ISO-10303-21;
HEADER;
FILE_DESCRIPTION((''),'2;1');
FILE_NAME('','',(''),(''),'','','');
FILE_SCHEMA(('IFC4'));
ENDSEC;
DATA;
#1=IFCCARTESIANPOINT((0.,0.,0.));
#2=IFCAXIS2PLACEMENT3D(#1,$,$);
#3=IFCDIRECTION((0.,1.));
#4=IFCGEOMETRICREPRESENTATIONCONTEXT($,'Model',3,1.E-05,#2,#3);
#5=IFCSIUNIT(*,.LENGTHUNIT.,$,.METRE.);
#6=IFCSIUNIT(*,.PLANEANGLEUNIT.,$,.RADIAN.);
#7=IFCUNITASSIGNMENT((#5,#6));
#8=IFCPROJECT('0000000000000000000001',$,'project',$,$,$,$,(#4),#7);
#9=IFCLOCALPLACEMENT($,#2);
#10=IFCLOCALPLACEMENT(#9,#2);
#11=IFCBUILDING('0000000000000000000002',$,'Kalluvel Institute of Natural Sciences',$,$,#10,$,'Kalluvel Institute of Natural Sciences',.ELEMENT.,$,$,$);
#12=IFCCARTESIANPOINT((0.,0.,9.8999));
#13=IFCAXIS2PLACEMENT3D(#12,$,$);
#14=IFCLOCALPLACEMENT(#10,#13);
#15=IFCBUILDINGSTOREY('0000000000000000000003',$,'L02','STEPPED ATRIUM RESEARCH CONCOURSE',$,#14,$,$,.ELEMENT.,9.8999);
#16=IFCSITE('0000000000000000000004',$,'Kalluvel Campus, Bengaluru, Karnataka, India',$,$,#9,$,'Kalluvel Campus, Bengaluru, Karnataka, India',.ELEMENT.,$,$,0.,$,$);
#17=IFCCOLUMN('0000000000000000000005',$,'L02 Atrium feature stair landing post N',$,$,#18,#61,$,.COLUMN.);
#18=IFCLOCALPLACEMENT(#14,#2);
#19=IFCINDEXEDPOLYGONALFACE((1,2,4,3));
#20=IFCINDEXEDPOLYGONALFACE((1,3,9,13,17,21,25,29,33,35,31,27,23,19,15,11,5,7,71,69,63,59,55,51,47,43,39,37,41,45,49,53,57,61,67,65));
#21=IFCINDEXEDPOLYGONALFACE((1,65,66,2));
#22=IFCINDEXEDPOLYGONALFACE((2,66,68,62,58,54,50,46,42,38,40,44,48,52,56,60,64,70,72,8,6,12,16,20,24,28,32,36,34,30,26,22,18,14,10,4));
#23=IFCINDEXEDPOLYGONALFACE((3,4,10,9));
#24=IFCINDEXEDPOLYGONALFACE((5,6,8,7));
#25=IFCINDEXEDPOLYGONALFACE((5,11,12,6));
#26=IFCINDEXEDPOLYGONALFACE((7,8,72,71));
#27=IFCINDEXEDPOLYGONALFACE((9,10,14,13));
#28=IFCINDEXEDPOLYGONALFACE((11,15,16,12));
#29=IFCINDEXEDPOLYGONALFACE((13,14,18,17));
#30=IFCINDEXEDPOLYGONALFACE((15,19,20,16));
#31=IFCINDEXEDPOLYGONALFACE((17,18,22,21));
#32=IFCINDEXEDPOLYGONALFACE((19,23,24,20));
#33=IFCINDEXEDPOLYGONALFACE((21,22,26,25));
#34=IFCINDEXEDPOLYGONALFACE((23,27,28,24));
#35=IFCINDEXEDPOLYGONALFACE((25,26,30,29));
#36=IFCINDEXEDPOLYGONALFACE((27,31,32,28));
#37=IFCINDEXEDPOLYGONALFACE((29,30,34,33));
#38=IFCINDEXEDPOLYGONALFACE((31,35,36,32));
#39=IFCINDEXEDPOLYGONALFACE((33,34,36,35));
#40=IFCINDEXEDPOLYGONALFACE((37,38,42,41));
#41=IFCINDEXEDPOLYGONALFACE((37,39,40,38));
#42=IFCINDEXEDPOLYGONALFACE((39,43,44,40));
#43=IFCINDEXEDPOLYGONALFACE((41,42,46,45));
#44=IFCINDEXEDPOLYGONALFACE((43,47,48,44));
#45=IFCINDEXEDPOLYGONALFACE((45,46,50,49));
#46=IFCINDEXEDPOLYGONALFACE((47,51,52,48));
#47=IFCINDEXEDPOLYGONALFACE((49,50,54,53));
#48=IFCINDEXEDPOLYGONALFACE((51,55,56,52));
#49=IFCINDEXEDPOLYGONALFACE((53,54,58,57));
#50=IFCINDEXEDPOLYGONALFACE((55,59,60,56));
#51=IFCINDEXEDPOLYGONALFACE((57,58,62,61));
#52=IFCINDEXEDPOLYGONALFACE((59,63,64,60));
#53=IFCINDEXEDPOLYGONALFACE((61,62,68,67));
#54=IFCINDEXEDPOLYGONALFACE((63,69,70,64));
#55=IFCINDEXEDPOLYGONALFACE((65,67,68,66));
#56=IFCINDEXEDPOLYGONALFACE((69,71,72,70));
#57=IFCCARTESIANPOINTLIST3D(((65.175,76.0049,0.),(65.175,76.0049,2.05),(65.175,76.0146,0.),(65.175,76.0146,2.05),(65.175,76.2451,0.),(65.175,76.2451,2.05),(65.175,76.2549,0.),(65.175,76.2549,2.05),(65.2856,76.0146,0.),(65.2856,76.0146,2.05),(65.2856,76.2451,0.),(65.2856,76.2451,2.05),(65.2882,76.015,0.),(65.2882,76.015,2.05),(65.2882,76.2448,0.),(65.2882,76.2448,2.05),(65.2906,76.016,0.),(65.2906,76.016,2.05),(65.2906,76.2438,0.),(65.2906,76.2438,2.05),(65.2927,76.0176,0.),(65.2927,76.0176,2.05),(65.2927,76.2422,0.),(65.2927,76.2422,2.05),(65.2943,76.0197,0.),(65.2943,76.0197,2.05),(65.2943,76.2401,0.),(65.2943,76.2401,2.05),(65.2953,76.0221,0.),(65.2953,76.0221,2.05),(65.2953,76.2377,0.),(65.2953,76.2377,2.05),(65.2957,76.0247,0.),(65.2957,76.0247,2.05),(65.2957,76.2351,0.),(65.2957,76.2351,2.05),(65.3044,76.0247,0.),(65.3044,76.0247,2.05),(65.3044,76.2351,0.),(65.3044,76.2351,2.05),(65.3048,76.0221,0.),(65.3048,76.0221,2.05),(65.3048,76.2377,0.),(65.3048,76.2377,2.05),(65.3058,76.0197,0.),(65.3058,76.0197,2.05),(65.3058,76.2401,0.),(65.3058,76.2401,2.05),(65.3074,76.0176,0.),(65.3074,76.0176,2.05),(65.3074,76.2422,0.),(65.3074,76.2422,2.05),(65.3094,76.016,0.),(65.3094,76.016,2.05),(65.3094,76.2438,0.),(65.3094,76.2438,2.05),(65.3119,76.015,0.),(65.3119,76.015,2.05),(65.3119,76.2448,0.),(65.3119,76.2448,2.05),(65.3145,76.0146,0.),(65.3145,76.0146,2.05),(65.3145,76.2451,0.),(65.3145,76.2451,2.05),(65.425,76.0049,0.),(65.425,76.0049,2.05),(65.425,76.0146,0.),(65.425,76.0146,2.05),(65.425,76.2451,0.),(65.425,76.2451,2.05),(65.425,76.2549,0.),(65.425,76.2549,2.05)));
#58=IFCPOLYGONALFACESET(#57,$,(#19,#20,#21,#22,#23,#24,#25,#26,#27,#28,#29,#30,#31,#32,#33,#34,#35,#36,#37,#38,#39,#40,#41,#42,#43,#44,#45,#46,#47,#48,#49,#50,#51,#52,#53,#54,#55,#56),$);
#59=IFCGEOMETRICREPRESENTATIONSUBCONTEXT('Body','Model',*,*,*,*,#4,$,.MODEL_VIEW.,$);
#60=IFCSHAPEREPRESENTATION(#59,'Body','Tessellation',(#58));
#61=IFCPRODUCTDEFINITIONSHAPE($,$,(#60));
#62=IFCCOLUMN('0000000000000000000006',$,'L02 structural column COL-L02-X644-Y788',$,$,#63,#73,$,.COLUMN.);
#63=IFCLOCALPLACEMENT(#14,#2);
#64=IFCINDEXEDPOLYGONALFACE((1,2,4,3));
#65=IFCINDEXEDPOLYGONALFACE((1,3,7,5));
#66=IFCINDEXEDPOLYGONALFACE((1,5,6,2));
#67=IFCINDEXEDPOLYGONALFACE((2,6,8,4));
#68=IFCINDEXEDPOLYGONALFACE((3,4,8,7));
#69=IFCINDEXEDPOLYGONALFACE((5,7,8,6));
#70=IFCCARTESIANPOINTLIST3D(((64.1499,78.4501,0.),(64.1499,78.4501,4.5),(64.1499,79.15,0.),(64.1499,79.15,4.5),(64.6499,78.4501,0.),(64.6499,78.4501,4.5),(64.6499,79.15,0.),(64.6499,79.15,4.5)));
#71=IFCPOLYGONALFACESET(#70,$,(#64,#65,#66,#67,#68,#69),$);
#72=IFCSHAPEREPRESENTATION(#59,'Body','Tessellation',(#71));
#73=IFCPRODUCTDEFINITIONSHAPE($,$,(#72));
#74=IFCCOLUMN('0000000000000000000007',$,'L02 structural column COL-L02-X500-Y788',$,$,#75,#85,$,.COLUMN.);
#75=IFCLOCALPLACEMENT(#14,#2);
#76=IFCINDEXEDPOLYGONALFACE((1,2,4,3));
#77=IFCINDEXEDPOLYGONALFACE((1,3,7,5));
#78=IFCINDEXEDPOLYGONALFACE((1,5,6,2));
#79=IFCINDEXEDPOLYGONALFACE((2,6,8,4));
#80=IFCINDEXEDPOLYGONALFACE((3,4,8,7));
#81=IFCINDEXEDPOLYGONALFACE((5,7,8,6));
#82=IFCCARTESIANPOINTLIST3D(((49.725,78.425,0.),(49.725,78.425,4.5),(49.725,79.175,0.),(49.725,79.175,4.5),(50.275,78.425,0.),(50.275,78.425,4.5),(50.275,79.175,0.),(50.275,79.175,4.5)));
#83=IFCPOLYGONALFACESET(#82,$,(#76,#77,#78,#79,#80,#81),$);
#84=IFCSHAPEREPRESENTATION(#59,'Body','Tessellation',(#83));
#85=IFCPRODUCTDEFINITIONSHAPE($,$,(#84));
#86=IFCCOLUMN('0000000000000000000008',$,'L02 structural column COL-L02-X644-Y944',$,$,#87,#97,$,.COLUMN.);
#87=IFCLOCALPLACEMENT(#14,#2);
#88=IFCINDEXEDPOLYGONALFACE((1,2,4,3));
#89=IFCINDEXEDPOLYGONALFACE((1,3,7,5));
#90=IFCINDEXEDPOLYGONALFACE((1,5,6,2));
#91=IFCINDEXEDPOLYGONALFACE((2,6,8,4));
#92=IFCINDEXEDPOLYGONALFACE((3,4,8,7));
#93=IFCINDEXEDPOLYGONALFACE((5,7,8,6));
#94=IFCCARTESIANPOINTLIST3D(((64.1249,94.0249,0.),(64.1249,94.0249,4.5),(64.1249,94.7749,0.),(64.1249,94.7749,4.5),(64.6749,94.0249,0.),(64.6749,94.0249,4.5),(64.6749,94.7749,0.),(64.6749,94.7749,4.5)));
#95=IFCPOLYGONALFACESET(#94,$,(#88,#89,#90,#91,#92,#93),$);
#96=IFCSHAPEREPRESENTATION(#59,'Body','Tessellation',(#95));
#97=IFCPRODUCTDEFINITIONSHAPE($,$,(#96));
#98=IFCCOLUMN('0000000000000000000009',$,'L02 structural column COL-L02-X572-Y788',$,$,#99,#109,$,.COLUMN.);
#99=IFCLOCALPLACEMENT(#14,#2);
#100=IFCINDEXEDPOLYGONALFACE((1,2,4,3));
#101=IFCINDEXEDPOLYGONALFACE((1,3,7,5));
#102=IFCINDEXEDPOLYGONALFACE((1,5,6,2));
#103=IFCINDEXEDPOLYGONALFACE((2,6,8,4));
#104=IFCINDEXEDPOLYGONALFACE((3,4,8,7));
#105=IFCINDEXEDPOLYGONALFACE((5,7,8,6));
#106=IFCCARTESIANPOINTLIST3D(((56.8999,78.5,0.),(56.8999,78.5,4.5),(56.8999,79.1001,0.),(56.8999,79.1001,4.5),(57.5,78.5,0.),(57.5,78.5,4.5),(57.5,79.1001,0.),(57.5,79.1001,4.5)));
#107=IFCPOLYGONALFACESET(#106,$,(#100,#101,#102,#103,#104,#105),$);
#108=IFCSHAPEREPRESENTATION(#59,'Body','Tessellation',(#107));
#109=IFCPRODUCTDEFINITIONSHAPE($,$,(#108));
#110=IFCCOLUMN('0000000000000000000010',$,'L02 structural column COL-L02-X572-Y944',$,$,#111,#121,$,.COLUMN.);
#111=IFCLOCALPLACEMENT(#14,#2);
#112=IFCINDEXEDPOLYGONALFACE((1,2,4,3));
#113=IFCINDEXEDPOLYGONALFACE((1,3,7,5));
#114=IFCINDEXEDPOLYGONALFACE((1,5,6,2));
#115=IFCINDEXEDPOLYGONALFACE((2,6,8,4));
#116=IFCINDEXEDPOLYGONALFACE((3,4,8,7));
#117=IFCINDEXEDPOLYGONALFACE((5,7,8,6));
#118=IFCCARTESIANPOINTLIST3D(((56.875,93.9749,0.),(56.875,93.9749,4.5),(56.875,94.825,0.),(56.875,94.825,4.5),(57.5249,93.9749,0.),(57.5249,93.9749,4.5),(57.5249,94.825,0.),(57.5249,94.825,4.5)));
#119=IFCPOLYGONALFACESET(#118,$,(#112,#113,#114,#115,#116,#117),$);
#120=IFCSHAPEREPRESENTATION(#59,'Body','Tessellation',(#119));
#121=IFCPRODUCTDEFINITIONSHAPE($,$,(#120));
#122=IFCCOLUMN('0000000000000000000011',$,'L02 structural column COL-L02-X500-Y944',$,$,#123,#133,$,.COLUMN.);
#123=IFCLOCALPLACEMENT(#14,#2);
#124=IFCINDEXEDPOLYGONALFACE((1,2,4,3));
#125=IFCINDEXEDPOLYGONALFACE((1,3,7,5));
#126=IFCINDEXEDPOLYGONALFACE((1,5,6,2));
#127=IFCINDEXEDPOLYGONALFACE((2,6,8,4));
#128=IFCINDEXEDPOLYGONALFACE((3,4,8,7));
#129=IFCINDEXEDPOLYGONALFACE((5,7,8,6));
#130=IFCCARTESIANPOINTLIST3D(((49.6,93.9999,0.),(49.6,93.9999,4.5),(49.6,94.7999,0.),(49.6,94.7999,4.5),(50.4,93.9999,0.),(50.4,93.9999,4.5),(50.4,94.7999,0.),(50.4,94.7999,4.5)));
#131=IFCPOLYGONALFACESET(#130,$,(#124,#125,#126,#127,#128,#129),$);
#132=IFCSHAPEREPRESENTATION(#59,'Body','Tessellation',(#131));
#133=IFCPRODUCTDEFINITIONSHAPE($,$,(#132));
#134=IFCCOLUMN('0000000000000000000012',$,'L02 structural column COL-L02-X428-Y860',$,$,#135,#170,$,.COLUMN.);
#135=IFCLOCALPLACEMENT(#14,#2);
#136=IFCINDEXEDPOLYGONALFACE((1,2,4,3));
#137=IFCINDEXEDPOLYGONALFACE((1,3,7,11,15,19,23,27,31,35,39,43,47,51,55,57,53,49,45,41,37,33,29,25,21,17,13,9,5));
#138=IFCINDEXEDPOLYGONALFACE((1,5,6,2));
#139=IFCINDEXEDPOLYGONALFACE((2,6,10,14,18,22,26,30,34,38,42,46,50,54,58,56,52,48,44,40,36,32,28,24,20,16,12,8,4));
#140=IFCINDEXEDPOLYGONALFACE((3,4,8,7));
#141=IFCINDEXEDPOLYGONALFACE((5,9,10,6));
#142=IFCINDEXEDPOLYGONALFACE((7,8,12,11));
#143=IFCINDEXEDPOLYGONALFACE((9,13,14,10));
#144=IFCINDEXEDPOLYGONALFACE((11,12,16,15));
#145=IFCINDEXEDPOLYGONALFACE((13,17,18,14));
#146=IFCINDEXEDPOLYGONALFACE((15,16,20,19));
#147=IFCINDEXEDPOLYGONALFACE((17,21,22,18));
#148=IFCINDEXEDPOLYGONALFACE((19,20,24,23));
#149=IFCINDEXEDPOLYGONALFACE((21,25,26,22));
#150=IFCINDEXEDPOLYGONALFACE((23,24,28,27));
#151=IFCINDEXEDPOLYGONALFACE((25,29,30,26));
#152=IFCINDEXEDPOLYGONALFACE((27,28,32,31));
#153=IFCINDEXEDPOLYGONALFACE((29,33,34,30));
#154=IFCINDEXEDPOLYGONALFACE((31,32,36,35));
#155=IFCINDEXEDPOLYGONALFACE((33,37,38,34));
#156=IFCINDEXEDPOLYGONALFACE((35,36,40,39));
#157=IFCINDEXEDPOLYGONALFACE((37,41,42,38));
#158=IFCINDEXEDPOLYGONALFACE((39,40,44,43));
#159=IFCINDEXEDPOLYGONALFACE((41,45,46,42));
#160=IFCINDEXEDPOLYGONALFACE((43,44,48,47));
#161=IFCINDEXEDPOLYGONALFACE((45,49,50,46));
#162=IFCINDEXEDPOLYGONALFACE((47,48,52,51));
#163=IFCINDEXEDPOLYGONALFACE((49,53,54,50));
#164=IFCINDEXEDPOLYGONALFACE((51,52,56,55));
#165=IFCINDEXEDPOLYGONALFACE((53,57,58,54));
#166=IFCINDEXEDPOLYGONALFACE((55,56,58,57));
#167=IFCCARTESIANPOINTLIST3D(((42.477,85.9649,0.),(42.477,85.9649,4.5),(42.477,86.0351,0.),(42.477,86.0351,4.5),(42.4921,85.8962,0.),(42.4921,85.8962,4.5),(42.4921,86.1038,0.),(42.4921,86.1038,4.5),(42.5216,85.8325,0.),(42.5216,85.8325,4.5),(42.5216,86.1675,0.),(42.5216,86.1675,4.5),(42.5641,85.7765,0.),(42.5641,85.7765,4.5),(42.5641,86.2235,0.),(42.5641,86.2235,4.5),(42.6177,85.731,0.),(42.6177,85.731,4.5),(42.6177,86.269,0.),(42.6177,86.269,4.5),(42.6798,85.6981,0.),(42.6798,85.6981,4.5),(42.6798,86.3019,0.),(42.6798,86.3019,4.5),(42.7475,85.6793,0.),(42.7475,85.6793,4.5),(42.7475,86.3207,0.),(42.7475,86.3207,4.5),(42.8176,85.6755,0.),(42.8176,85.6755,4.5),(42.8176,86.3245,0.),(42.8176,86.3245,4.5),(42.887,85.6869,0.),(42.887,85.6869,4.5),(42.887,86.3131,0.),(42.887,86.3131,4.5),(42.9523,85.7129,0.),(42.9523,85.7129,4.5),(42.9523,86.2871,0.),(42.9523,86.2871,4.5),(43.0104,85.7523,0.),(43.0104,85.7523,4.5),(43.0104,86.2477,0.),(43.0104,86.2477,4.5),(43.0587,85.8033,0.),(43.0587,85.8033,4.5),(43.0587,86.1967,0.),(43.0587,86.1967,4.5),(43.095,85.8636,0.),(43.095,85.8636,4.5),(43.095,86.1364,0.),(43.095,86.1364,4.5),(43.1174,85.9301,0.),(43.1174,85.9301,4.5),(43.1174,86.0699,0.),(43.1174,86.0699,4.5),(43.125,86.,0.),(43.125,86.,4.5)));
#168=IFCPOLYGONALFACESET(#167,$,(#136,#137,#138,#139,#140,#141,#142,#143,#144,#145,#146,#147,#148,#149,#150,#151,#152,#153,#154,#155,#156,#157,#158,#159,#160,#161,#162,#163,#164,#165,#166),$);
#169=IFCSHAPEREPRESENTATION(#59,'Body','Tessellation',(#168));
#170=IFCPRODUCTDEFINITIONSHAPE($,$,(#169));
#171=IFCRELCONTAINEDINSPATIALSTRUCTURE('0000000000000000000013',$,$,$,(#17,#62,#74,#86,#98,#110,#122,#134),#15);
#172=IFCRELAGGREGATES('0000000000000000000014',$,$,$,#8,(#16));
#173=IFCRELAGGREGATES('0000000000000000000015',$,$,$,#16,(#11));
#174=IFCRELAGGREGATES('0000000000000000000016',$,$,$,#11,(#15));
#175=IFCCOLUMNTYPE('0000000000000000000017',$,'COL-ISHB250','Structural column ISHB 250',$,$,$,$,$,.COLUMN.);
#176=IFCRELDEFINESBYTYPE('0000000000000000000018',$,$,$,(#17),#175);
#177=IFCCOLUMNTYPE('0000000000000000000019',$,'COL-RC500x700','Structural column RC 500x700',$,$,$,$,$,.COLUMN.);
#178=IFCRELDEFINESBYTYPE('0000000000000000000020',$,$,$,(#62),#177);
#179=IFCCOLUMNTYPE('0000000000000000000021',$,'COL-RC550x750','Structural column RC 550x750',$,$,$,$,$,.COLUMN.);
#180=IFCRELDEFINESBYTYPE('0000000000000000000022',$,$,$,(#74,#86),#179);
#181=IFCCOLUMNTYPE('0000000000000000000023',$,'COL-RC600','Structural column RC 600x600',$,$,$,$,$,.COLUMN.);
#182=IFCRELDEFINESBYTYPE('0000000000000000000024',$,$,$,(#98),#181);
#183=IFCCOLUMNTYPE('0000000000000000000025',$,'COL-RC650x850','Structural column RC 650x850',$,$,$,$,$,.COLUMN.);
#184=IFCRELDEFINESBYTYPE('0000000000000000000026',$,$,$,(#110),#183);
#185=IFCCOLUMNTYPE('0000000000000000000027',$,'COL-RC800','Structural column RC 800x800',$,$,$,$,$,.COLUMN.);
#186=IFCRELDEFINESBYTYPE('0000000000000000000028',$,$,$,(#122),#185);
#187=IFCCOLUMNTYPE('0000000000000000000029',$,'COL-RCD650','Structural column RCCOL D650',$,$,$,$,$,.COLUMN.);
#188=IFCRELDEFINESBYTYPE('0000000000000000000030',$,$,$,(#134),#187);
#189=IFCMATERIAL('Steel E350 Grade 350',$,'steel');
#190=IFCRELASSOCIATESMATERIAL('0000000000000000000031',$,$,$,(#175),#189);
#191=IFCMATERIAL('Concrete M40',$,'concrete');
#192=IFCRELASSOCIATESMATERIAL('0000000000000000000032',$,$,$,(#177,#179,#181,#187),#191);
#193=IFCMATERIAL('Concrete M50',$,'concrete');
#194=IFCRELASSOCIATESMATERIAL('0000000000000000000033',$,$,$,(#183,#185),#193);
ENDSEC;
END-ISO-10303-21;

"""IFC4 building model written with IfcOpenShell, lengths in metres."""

from ifc_helpers import new_model, si_unit, direction, frame, origin, origin_2d, place, context, subcontext, project, spatial, rectangle, circle, i_section, extrude, material, material_profile, profile_set, type_object, element, save


model = new_model("IFC4")

# Units and contexts
model_context = context("Model", 3, precision=1e-05, world=origin(), true_north=direction((0.0, 1.0)))
body_context = subcontext(model_context, "Body", "Model", "MODEL_VIEW")
ifc_project = project(units=[si_unit("LENGTHUNIT", "METRE"), si_unit("PLANEANGLEUNIT", "RADIAN")], contexts=[model_context])

# Site, building, storey
site_placement = place(None, origin())
site = spatial("IfcSite", under=ifc_project, at=site_placement, Name="Kalluvel Campus, Bengaluru, Karnataka, India", LongName="Kalluvel Campus, Bengaluru, Karnataka, India", CompositionType="ELEMENT", RefElevation=0.0)
building_placement = place(site_placement, origin())
building = spatial("IfcBuilding", under=site, at=building_placement, Name="Kalluvel Institute of Natural Sciences", LongName="Kalluvel Institute of Natural Sciences", CompositionType="ELEMENT")
storey_placement = place(building_placement, frame((0.0, 0.0, 9.8999)))
storey = spatial("IfcBuildingStorey", under=building, at=storey_placement, Name="L02", Description="STEPPED ATRIUM RESEARCH CONCOURSE", CompositionType="ELEMENT", Elevation=9.8999)

# Columns
ifc_material_1 = material(Name="Steel E350 Grade 350", Category="steel")
ifc_material_profile_1 = material_profile(ifc_material_1, i_section(OverallWidth=0.25, OverallDepth=0.25, WebThickness=0.0088, FlangeThickness=0.0098, FilletRadius=0.01, at=origin_2d()), Name="ISHB 250")
ifc_profile_set_1 = profile_set([ifc_material_profile_1], Name="Steel E350 Grade 350")
column_type_1 = type_object("IfcColumnType", Name="COL-ISHB250", Description="Structural column ISHB 250", PredefinedType="COLUMN", material=ifc_profile_set_1)
column_1_placement = place(storey_placement, frame((65.3, 76.1299, 0.0), z_axis=(0.0, 0.0, 1.0), x_axis=(1.0, 0.0, 0.0)))
element("IfcColumn", 1, at=column_1_placement, inside=storey, type_object=column_type_1, Name="L02 Atrium feature stair landing post N", PredefinedType="COLUMN", context=body_context, shape_type="SweptSolid", body=[
    extrude(i_section(OverallWidth=0.25, OverallDepth=0.25, WebThickness=0.0088, FlangeThickness=0.0098, FilletRadius=0.01, at=origin_2d()), origin(), (0.0, 0.0, 1.0), 2.05),
])
ifc_material_2 = material(Name="Concrete M40", Category="concrete")
ifc_material_profile_2 = material_profile(ifc_material_2, rectangle(XDim=0.5, YDim=0.7, at=origin_2d()), Name="RC 500x700")
ifc_profile_set_2 = profile_set([ifc_material_profile_2], Name="Concrete M40")
column_type_2 = type_object("IfcColumnType", Name="COL-RC500x700", Description="Structural column RC 500x700", PredefinedType="COLUMN", material=ifc_profile_set_2)
column_2_placement = place(storey_placement, frame((64.3999, 78.8, 0.0), z_axis=(0.0, 0.0, 1.0), x_axis=(1.0, 0.0, 0.0)))
element("IfcColumn", 2, at=column_2_placement, inside=storey, type_object=column_type_2, Name="L02 structural column COL-L02-X644-Y788", PredefinedType="COLUMN", context=body_context, shape_type="SweptSolid", body=[
    extrude(rectangle(XDim=0.5, YDim=0.7, at=origin_2d()), origin(), (0.0, 0.0, 1.0), 4.5),
])
ifc_material_profile_3 = material_profile(ifc_material_2, rectangle(XDim=0.55, YDim=0.75, at=origin_2d()), Name="RC 550x750")
ifc_profile_set_3 = profile_set([ifc_material_profile_3], Name="Concrete M40")
column_type_3 = type_object("IfcColumnType", Name="COL-RC550x750", Description="Structural column RC 550x750", PredefinedType="COLUMN", material=ifc_profile_set_3)
for number, where, z_axis, x_axis, name in (
    (3, (50.0, 78.8, 0.0), (0.0, 0.0, 1.0), (1.0, 0.0, 0.0), "L02 structural column COL-L02-X500-Y788"),
    (4, (64.3999, 94.3999, 0.0), (0.0, 0.0, 1.0), (1.0, 0.0, 0.0), "L02 structural column COL-L02-X644-Y944"),
):
    element("IfcColumn", number, at=place(storey_placement, frame(where, z_axis=z_axis, x_axis=x_axis)), inside=storey, type_object=column_type_3, Name=name, PredefinedType="COLUMN", context=body_context, shape_type="SweptSolid", body=[
        extrude(rectangle(XDim=0.55, YDim=0.75, at=origin_2d()), origin(), (0.0, 0.0, 1.0), 4.5),
    ])
ifc_material_profile_4 = material_profile(ifc_material_2, rectangle(XDim=0.6001, YDim=0.6001, at=origin_2d()), Name="RC 600x600")
ifc_profile_set_4 = profile_set([ifc_material_profile_4], Name="Concrete M40")
column_type_4 = type_object("IfcColumnType", Name="COL-RC600", Description="Structural column RC 600x600", PredefinedType="COLUMN", material=ifc_profile_set_4)
column_3_placement = place(storey_placement, frame((57.2, 78.8, 0.0), z_axis=(0.0, 0.0, 1.0), x_axis=(1.0, 0.0, 0.0)))
element("IfcColumn", 5, at=column_3_placement, inside=storey, type_object=column_type_4, Name="L02 structural column COL-L02-X572-Y788", PredefinedType="COLUMN", context=body_context, shape_type="SweptSolid", body=[
    extrude(rectangle(XDim=0.6001, YDim=0.6001, at=origin_2d()), origin(), (0.0, 0.0, 1.0), 4.5),
])
ifc_material_3 = material(Name="Concrete M50", Category="concrete")
ifc_material_profile_5 = material_profile(ifc_material_3, rectangle(XDim=0.6499, YDim=0.8501, at=origin_2d()), Name="RC 650x850")
ifc_profile_set_5 = profile_set([ifc_material_profile_5], Name="Concrete M50")
column_type_5 = type_object("IfcColumnType", Name="COL-RC650x850", Description="Structural column RC 650x850", PredefinedType="COLUMN", material=ifc_profile_set_5)
column_4_placement = place(storey_placement, frame((57.2, 94.3999, 0.0), z_axis=(0.0, 0.0, 1.0), x_axis=(1.0, 0.0, 0.0)))
element("IfcColumn", 6, at=column_4_placement, inside=storey, type_object=column_type_5, Name="L02 structural column COL-L02-X572-Y944", PredefinedType="COLUMN", context=body_context, shape_type="SweptSolid", body=[
    extrude(rectangle(XDim=0.6499, YDim=0.8501, at=origin_2d()), origin(), (0.0, 0.0, 1.0), 4.5),
])
ifc_material_profile_6 = material_profile(ifc_material_3, rectangle(XDim=0.8, YDim=0.8, at=origin_2d()), Name="RC 800x800")
ifc_profile_set_6 = profile_set([ifc_material_profile_6], Name="Concrete M50")
column_type_6 = type_object("IfcColumnType", Name="COL-RC800", Description="Structural column RC 800x800", PredefinedType="COLUMN", material=ifc_profile_set_6)
column_5_placement = place(storey_placement, frame((50.0, 94.3999, 0.0), z_axis=(0.0, 0.0, 1.0), x_axis=(1.0, 0.0, 0.0)))
element("IfcColumn", 7, at=column_5_placement, inside=storey, type_object=column_type_6, Name="L02 structural column COL-L02-X500-Y944", PredefinedType="COLUMN", context=body_context, shape_type="SweptSolid", body=[
    extrude(rectangle(XDim=0.8, YDim=0.8, at=origin_2d()), origin(), (0.0, 0.0, 1.0), 4.5),
])
ifc_material_profile_7 = material_profile(ifc_material_2, circle(Radius=0.325, at=origin_2d()), Name="RCCOL D650")
ifc_profile_set_7 = profile_set([ifc_material_profile_7], Name="Concrete M40")
column_type_7 = type_object("IfcColumnType", Name="COL-RCD650", Description="Structural column RCCOL D650", PredefinedType="COLUMN", material=ifc_profile_set_7)
for number, where, z_axis, x_axis, name in (
    (8, (42.8, 86.0, 0.0), (0.0, 0.0, 1.0), (1.0, 0.0, 0.0), "L02 structural column COL-L02-X428-Y860"),
):
    element("IfcColumn", number, at=place(storey_placement, frame(where, z_axis=z_axis, x_axis=x_axis)), inside=storey, type_object=column_type_7, Name=name, PredefinedType="COLUMN", context=body_context, shape_type="SweptSolid", body=[
        extrude(circle(Radius=0.325, at=origin_2d()), origin(), (0.0, 0.0, 1.0), 4.5),
    ])

save(model, "model.ifc")
